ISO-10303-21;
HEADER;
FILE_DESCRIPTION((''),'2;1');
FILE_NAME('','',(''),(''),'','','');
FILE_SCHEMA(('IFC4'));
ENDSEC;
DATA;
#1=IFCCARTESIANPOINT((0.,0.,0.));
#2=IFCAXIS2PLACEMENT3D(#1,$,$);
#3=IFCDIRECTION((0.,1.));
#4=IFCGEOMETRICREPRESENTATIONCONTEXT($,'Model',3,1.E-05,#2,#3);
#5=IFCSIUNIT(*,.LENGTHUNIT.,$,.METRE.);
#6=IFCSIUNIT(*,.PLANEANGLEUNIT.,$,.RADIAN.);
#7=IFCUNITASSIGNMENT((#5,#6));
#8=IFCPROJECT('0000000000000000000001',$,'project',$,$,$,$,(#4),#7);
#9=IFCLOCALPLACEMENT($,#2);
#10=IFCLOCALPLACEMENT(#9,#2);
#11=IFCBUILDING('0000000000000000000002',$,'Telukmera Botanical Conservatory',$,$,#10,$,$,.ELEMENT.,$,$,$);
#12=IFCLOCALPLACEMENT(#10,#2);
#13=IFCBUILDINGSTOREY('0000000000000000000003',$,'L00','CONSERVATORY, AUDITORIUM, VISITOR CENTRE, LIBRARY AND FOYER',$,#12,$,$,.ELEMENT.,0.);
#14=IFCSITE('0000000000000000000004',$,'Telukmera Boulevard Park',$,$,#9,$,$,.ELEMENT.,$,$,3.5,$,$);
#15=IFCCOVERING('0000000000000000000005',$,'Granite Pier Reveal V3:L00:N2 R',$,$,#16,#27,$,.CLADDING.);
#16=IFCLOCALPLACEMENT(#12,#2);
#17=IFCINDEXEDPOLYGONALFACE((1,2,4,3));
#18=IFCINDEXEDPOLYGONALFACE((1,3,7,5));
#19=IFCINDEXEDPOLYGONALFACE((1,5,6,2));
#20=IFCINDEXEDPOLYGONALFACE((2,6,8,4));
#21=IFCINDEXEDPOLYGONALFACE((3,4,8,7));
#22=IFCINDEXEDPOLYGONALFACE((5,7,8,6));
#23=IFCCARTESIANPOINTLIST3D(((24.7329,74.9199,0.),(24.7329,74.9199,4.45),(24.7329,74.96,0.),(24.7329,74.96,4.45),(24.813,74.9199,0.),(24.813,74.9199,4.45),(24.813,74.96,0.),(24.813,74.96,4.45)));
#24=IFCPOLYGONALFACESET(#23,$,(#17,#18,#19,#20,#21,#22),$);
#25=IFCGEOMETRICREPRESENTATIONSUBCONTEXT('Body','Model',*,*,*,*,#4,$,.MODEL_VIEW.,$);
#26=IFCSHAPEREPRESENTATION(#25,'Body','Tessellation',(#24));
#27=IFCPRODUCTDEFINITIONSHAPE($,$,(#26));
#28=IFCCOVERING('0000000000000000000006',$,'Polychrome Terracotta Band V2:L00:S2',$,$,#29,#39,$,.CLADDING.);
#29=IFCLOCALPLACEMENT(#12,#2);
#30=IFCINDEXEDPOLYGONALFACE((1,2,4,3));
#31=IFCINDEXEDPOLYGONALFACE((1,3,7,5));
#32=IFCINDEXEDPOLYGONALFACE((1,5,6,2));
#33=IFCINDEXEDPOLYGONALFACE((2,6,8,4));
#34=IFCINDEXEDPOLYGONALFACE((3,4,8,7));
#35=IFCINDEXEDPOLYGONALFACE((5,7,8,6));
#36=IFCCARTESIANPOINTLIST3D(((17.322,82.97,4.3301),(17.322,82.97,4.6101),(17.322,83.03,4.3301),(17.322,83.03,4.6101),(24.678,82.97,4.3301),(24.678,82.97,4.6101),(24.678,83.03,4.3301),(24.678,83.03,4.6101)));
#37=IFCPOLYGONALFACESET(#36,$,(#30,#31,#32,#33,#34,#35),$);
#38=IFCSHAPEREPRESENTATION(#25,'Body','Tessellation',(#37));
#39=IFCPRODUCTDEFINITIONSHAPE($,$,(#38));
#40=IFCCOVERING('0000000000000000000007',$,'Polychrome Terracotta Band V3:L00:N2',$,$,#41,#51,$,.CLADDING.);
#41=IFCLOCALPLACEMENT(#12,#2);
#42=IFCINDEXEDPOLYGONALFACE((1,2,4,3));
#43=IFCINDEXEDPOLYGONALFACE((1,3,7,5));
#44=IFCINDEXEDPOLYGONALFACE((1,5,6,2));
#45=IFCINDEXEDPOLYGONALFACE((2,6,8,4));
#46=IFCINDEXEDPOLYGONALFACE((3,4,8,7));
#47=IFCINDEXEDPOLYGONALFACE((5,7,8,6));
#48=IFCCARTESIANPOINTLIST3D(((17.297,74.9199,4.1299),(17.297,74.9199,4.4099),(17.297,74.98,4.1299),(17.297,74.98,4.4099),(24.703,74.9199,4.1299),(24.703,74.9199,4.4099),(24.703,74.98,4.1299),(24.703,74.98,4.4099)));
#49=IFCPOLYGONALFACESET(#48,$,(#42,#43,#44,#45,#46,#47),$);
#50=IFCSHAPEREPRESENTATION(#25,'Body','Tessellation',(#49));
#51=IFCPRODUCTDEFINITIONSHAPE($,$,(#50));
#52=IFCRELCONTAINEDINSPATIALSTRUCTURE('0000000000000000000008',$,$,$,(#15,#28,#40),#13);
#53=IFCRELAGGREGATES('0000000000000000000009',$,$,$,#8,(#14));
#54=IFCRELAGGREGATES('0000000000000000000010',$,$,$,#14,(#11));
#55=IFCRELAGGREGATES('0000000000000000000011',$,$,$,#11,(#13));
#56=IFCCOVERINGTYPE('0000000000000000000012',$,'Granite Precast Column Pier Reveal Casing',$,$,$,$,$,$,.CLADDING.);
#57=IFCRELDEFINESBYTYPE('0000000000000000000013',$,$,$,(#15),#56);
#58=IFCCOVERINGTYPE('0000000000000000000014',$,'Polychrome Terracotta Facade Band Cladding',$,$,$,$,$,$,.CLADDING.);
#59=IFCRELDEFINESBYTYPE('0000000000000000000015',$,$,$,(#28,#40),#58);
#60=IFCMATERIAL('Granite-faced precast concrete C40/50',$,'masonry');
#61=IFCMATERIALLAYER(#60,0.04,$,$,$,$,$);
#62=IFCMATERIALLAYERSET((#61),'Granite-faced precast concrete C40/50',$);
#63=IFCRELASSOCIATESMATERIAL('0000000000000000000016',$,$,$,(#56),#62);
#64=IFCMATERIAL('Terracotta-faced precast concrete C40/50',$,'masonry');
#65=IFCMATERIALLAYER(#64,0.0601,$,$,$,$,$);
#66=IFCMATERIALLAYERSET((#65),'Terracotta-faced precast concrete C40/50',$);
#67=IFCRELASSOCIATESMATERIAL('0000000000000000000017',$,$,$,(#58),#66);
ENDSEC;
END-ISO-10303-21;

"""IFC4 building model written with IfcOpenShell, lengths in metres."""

from ifc_helpers import new_model, si_unit, direction, frame, origin, origin_2d, place, context, subcontext, project, spatial, rectangle, extrude, material, layer, layer_set, type_object, element, save


model = new_model("IFC4")

# Units and contexts
model_context = context("Model", 3, precision=1e-05, world=origin(), true_north=direction((0.0, 1.0)))
body_context = subcontext(model_context, "Body", "Model", "MODEL_VIEW")
ifc_project = project(units=[si_unit("LENGTHUNIT", "METRE"), si_unit("PLANEANGLEUNIT", "RADIAN")], contexts=[model_context])

# Site, building, storey
site_placement = place(None, origin())
site = spatial("IfcSite", under=ifc_project, at=site_placement, Name="Telukmera Boulevard Park", CompositionType="ELEMENT", RefElevation=3.5)
building_placement = place(site_placement, origin())
building = spatial("IfcBuilding", under=site, at=building_placement, Name="Telukmera Botanical Conservatory", CompositionType="ELEMENT")
storey_placement = place(building_placement, origin())
storey = spatial("IfcBuildingStorey", under=building, at=storey_placement, Name="L00", Description="CONSERVATORY, AUDITORIUM, VISITOR CENTRE, LIBRARY AND FOYER", CompositionType="ELEMENT", Elevation=0.0)

# Shared definitions
ifc_material_1 = material(Name="Granite-faced precast concrete C40/50", Category="masonry")

# Coverings
ifc_layer_1 = layer(ifc_material_1, 0.04)
ifc_layer_set_1 = layer_set([ifc_layer_1], Name="Granite-faced precast concrete C40/50")
covering_type_1 = type_object("IfcCoveringType", Name="Granite Precast Column Pier Reveal Casing", PredefinedType="CLADDING", material=ifc_layer_set_1)
for number, where, z_axis, x_axis, name in (
    (1, (24.7729, 74.9399, 0.0), (0.0, 0.0, 1.0), (1.0, 0.0, 0.0), "Granite Pier Reveal V3:L00:N2 R"),
):
    element("IfcCovering", number, at=place(storey_placement, frame(where, z_axis=z_axis, x_axis=x_axis)), inside=storey, type_object=covering_type_1, Name=name, PredefinedType="CLADDING", context=body_context, shape_type="SweptSolid", body=[
        extrude(rectangle(XDim=0.0801, YDim=0.04, at=origin_2d()), origin(), (0.0, 0.0, 1.0), 4.45),
    ])
ifc_material_2 = material(Name="Terracotta-faced precast concrete C40/50", Category="masonry")
ifc_layer_2 = layer(ifc_material_2, 0.0601)
ifc_layer_set_2 = layer_set([ifc_layer_2], Name="Terracotta-faced precast concrete C40/50")
covering_type_2 = type_object("IfcCoveringType", Name="Polychrome Terracotta Facade Band Cladding", PredefinedType="CLADDING", material=ifc_layer_set_2)
covering_1_placement = place(storey_placement, frame((21.0, 83.0, 4.3301), z_axis=(0.0, 0.0, 1.0), x_axis=(1.0, 0.0, 0.0)))
element("IfcCovering", 2, at=covering_1_placement, inside=storey, type_object=covering_type_2, Name="Polychrome Terracotta Band V2:L00:S2", PredefinedType="CLADDING", context=body_context, shape_type="SweptSolid", body=[
    extrude(rectangle(XDim=7.356, YDim=0.0601, at=origin_2d()), origin(), (0.0, 0.0, 1.0), 0.28),
])
covering_2_placement = place(storey_placement, frame((21.0, 74.95, 4.1299), z_axis=(0.0, 0.0, 1.0), x_axis=(1.0, 0.0, 0.0)))
element("IfcCovering", 3, at=covering_2_placement, inside=storey, type_object=covering_type_2, Name="Polychrome Terracotta Band V3:L00:N2", PredefinedType="CLADDING", context=body_context, shape_type="SweptSolid", body=[
    extrude(rectangle(XDim=7.406, YDim=0.0601, at=origin_2d()), origin(), (0.0, 0.0, 1.0), 0.28),
])

save(model, "model.ifc")
